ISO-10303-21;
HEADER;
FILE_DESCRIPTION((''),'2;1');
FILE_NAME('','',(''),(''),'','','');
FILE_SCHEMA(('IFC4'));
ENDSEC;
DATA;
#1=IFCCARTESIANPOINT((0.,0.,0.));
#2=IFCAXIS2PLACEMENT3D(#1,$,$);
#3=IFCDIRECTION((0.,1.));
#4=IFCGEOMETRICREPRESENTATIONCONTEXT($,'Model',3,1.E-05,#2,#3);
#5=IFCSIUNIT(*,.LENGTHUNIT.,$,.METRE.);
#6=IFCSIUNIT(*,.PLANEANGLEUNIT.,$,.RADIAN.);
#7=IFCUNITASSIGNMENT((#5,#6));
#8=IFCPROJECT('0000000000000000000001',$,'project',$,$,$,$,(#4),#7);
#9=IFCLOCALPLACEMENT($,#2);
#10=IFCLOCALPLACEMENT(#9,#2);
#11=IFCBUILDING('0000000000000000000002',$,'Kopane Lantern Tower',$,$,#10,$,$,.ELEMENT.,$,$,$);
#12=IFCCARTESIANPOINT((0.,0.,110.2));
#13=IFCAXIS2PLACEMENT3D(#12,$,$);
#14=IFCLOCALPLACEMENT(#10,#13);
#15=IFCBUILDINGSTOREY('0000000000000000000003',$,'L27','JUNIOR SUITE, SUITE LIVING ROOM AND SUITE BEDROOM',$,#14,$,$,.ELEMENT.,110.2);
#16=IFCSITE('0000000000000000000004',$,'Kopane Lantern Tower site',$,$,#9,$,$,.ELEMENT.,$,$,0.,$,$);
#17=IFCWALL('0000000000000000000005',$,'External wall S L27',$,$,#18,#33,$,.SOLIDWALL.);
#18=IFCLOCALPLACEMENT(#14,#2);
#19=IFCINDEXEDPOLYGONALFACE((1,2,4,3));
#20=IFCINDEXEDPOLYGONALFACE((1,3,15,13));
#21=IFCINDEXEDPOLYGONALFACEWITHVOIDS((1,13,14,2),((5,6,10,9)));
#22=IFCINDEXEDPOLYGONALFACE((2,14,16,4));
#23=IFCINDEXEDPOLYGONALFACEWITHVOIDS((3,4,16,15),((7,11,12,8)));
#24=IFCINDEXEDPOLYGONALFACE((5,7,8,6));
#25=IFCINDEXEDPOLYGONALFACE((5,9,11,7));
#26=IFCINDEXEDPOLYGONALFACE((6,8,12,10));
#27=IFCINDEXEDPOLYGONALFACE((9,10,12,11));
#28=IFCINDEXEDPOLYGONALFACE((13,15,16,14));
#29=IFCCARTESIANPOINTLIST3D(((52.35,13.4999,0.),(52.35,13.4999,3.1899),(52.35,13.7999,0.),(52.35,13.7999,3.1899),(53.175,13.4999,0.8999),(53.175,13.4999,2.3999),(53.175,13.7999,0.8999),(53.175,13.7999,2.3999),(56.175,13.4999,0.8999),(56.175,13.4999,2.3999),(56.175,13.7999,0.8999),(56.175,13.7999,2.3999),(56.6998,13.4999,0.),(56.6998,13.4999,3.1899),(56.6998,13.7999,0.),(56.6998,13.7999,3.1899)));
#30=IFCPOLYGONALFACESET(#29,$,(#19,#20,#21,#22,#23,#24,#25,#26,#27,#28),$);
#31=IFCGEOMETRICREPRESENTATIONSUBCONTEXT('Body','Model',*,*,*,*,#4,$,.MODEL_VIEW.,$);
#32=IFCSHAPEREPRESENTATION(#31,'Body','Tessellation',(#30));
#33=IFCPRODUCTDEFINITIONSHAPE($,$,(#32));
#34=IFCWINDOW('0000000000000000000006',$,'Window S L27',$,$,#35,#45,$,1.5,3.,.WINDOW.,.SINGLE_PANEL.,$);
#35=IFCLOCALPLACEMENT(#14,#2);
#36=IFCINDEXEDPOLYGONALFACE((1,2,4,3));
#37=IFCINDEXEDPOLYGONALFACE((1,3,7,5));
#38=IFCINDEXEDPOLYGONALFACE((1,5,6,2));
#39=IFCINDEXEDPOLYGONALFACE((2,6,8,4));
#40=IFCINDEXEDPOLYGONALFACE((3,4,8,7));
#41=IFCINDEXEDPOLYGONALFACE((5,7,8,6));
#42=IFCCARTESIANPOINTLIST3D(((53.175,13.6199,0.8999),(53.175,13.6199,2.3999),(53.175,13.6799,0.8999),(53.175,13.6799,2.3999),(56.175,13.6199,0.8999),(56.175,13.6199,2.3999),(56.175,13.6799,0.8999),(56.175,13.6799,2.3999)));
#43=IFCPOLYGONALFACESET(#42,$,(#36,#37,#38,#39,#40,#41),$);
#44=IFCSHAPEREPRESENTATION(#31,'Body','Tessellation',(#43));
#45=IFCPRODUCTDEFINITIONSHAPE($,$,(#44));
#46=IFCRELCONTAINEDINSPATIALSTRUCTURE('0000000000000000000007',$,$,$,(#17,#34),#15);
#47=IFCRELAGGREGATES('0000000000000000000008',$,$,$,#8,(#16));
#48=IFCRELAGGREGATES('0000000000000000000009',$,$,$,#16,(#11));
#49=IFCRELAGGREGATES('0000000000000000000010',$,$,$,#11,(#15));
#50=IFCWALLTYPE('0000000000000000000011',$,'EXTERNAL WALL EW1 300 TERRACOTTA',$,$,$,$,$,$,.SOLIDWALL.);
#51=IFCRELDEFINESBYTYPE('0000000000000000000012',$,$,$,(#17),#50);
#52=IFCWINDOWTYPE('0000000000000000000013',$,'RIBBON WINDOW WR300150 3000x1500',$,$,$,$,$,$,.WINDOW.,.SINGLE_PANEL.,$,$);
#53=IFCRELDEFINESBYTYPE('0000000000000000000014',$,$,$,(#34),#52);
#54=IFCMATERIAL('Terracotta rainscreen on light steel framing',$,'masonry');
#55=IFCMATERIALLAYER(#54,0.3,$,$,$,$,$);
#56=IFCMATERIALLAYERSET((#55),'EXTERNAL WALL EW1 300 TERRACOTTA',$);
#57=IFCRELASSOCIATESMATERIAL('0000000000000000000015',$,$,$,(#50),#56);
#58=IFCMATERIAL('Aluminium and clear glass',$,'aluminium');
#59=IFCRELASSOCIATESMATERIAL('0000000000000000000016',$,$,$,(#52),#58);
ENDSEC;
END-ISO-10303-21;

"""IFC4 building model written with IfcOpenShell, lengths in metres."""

from ifc_helpers import new_model, si_unit, direction, frame, frame_2d, origin, place, context, subcontext, project, spatial, rectangle, extrude, material, layer, layer_set, type_object, element, fill, save


model = new_model("IFC4")

# Units and contexts
model_context = context("Model", 3, precision=1e-05, world=origin(), true_north=direction((0.0, 1.0)))
body_context = subcontext(model_context, "Body", "Model", "MODEL_VIEW")
ifc_project = project(units=[si_unit("LENGTHUNIT", "METRE"), si_unit("PLANEANGLEUNIT", "RADIAN")], contexts=[model_context])

# Site, building, storey
site_placement = place(None, origin())
site = spatial("IfcSite", under=ifc_project, at=site_placement, Name="Kopane Lantern Tower site", CompositionType="ELEMENT", RefElevation=0.0)
building_placement = place(site_placement, origin())
building = spatial("IfcBuilding", under=site, at=building_placement, Name="Kopane Lantern Tower", CompositionType="ELEMENT")
storey_placement = place(building_placement, frame((0.0, 0.0, 110.2)))
storey = spatial("IfcBuildingStorey", under=building, at=storey_placement, Name="L27", Description="JUNIOR SUITE, SUITE LIVING ROOM AND SUITE BEDROOM", CompositionType="ELEMENT", Elevation=110.2)

# Wall, opening, window
ifc_material_1 = material(Name="Terracotta rainscreen on light steel framing", Category="masonry")
ifc_layer_1 = layer(ifc_material_1, 0.3)
ifc_layer_set_1 = layer_set([ifc_layer_1], Name="EXTERNAL WALL EW1 300 TERRACOTTA")
wall_type_1 = type_object("IfcWallType", Name="EXTERNAL WALL EW1 300 TERRACOTTA", PredefinedType="SOLIDWALL", material=ifc_layer_set_1)
wall_1_placement = place(storey_placement, frame((52.3501, 13.6499, 0.0), z_axis=(0.0, 0.0, 1.0), x_axis=(1.0, 0.0, 0.0)))
wall_1 = element("IfcWall", 1, at=wall_1_placement, inside=storey, type_object=wall_type_1, Name="External wall S L27", PredefinedType="SOLIDWALL", context=body_context, shape_type="SweptSolid", body=[
    extrude(rectangle(XDim=4.3499, YDim=0.3, at=frame_2d((2.1748, 0.0))), origin(), (0.0, 0.0, 1.0), 3.1899),
])
opening_1_placement = place(wall_1_placement, frame((0.825, 0.0, 0.8999)))
opening_1 = element("IfcOpeningElement", 2, at=opening_1_placement, cuts=wall_1, PredefinedType="OPENING", context=body_context, shape_type="SweptSolid", body=[
    extrude(rectangle(XDim=3.0, YDim=1.5, at=frame_2d((1.5, 0.75))), frame((0.0, 0.1599, 0.0), z_axis=(0.0, -1.0, 0.0), x_axis=(1.0, 0.0, 0.0)), (0.0, 0.0, 1.0), 0.3201),
])
ifc_material_2 = material(Name="Aluminium and clear glass", Category="aluminium")
window_type_1 = type_object("IfcWindowType", Name="RIBBON WINDOW WR300150 3000x1500", PartitioningType="SINGLE_PANEL", PredefinedType="WINDOW", material=ifc_material_2)
window_1_placement = place(opening_1_placement, origin())
window_1 = element("IfcWindow", 3, at=window_1_placement, inside=storey, type_object=window_type_1, Name="Window S L27", OverallHeight=1.5, OverallWidth=3.0, PartitioningType="SINGLE_PANEL", PredefinedType="WINDOW", context=body_context, shape_type="SweptSolid", body=[
    extrude(rectangle(XDim=3.0, YDim=1.5, at=frame_2d((1.5, 0.75))), frame((0.0, 0.03, 0.0), z_axis=(0.0, -1.0, 0.0), x_axis=(1.0, 0.0, 0.0)), (0.0, 0.0, 1.0), 0.0601),
])
fill(opening_1, window_1)

save(model, "model.ifc")
